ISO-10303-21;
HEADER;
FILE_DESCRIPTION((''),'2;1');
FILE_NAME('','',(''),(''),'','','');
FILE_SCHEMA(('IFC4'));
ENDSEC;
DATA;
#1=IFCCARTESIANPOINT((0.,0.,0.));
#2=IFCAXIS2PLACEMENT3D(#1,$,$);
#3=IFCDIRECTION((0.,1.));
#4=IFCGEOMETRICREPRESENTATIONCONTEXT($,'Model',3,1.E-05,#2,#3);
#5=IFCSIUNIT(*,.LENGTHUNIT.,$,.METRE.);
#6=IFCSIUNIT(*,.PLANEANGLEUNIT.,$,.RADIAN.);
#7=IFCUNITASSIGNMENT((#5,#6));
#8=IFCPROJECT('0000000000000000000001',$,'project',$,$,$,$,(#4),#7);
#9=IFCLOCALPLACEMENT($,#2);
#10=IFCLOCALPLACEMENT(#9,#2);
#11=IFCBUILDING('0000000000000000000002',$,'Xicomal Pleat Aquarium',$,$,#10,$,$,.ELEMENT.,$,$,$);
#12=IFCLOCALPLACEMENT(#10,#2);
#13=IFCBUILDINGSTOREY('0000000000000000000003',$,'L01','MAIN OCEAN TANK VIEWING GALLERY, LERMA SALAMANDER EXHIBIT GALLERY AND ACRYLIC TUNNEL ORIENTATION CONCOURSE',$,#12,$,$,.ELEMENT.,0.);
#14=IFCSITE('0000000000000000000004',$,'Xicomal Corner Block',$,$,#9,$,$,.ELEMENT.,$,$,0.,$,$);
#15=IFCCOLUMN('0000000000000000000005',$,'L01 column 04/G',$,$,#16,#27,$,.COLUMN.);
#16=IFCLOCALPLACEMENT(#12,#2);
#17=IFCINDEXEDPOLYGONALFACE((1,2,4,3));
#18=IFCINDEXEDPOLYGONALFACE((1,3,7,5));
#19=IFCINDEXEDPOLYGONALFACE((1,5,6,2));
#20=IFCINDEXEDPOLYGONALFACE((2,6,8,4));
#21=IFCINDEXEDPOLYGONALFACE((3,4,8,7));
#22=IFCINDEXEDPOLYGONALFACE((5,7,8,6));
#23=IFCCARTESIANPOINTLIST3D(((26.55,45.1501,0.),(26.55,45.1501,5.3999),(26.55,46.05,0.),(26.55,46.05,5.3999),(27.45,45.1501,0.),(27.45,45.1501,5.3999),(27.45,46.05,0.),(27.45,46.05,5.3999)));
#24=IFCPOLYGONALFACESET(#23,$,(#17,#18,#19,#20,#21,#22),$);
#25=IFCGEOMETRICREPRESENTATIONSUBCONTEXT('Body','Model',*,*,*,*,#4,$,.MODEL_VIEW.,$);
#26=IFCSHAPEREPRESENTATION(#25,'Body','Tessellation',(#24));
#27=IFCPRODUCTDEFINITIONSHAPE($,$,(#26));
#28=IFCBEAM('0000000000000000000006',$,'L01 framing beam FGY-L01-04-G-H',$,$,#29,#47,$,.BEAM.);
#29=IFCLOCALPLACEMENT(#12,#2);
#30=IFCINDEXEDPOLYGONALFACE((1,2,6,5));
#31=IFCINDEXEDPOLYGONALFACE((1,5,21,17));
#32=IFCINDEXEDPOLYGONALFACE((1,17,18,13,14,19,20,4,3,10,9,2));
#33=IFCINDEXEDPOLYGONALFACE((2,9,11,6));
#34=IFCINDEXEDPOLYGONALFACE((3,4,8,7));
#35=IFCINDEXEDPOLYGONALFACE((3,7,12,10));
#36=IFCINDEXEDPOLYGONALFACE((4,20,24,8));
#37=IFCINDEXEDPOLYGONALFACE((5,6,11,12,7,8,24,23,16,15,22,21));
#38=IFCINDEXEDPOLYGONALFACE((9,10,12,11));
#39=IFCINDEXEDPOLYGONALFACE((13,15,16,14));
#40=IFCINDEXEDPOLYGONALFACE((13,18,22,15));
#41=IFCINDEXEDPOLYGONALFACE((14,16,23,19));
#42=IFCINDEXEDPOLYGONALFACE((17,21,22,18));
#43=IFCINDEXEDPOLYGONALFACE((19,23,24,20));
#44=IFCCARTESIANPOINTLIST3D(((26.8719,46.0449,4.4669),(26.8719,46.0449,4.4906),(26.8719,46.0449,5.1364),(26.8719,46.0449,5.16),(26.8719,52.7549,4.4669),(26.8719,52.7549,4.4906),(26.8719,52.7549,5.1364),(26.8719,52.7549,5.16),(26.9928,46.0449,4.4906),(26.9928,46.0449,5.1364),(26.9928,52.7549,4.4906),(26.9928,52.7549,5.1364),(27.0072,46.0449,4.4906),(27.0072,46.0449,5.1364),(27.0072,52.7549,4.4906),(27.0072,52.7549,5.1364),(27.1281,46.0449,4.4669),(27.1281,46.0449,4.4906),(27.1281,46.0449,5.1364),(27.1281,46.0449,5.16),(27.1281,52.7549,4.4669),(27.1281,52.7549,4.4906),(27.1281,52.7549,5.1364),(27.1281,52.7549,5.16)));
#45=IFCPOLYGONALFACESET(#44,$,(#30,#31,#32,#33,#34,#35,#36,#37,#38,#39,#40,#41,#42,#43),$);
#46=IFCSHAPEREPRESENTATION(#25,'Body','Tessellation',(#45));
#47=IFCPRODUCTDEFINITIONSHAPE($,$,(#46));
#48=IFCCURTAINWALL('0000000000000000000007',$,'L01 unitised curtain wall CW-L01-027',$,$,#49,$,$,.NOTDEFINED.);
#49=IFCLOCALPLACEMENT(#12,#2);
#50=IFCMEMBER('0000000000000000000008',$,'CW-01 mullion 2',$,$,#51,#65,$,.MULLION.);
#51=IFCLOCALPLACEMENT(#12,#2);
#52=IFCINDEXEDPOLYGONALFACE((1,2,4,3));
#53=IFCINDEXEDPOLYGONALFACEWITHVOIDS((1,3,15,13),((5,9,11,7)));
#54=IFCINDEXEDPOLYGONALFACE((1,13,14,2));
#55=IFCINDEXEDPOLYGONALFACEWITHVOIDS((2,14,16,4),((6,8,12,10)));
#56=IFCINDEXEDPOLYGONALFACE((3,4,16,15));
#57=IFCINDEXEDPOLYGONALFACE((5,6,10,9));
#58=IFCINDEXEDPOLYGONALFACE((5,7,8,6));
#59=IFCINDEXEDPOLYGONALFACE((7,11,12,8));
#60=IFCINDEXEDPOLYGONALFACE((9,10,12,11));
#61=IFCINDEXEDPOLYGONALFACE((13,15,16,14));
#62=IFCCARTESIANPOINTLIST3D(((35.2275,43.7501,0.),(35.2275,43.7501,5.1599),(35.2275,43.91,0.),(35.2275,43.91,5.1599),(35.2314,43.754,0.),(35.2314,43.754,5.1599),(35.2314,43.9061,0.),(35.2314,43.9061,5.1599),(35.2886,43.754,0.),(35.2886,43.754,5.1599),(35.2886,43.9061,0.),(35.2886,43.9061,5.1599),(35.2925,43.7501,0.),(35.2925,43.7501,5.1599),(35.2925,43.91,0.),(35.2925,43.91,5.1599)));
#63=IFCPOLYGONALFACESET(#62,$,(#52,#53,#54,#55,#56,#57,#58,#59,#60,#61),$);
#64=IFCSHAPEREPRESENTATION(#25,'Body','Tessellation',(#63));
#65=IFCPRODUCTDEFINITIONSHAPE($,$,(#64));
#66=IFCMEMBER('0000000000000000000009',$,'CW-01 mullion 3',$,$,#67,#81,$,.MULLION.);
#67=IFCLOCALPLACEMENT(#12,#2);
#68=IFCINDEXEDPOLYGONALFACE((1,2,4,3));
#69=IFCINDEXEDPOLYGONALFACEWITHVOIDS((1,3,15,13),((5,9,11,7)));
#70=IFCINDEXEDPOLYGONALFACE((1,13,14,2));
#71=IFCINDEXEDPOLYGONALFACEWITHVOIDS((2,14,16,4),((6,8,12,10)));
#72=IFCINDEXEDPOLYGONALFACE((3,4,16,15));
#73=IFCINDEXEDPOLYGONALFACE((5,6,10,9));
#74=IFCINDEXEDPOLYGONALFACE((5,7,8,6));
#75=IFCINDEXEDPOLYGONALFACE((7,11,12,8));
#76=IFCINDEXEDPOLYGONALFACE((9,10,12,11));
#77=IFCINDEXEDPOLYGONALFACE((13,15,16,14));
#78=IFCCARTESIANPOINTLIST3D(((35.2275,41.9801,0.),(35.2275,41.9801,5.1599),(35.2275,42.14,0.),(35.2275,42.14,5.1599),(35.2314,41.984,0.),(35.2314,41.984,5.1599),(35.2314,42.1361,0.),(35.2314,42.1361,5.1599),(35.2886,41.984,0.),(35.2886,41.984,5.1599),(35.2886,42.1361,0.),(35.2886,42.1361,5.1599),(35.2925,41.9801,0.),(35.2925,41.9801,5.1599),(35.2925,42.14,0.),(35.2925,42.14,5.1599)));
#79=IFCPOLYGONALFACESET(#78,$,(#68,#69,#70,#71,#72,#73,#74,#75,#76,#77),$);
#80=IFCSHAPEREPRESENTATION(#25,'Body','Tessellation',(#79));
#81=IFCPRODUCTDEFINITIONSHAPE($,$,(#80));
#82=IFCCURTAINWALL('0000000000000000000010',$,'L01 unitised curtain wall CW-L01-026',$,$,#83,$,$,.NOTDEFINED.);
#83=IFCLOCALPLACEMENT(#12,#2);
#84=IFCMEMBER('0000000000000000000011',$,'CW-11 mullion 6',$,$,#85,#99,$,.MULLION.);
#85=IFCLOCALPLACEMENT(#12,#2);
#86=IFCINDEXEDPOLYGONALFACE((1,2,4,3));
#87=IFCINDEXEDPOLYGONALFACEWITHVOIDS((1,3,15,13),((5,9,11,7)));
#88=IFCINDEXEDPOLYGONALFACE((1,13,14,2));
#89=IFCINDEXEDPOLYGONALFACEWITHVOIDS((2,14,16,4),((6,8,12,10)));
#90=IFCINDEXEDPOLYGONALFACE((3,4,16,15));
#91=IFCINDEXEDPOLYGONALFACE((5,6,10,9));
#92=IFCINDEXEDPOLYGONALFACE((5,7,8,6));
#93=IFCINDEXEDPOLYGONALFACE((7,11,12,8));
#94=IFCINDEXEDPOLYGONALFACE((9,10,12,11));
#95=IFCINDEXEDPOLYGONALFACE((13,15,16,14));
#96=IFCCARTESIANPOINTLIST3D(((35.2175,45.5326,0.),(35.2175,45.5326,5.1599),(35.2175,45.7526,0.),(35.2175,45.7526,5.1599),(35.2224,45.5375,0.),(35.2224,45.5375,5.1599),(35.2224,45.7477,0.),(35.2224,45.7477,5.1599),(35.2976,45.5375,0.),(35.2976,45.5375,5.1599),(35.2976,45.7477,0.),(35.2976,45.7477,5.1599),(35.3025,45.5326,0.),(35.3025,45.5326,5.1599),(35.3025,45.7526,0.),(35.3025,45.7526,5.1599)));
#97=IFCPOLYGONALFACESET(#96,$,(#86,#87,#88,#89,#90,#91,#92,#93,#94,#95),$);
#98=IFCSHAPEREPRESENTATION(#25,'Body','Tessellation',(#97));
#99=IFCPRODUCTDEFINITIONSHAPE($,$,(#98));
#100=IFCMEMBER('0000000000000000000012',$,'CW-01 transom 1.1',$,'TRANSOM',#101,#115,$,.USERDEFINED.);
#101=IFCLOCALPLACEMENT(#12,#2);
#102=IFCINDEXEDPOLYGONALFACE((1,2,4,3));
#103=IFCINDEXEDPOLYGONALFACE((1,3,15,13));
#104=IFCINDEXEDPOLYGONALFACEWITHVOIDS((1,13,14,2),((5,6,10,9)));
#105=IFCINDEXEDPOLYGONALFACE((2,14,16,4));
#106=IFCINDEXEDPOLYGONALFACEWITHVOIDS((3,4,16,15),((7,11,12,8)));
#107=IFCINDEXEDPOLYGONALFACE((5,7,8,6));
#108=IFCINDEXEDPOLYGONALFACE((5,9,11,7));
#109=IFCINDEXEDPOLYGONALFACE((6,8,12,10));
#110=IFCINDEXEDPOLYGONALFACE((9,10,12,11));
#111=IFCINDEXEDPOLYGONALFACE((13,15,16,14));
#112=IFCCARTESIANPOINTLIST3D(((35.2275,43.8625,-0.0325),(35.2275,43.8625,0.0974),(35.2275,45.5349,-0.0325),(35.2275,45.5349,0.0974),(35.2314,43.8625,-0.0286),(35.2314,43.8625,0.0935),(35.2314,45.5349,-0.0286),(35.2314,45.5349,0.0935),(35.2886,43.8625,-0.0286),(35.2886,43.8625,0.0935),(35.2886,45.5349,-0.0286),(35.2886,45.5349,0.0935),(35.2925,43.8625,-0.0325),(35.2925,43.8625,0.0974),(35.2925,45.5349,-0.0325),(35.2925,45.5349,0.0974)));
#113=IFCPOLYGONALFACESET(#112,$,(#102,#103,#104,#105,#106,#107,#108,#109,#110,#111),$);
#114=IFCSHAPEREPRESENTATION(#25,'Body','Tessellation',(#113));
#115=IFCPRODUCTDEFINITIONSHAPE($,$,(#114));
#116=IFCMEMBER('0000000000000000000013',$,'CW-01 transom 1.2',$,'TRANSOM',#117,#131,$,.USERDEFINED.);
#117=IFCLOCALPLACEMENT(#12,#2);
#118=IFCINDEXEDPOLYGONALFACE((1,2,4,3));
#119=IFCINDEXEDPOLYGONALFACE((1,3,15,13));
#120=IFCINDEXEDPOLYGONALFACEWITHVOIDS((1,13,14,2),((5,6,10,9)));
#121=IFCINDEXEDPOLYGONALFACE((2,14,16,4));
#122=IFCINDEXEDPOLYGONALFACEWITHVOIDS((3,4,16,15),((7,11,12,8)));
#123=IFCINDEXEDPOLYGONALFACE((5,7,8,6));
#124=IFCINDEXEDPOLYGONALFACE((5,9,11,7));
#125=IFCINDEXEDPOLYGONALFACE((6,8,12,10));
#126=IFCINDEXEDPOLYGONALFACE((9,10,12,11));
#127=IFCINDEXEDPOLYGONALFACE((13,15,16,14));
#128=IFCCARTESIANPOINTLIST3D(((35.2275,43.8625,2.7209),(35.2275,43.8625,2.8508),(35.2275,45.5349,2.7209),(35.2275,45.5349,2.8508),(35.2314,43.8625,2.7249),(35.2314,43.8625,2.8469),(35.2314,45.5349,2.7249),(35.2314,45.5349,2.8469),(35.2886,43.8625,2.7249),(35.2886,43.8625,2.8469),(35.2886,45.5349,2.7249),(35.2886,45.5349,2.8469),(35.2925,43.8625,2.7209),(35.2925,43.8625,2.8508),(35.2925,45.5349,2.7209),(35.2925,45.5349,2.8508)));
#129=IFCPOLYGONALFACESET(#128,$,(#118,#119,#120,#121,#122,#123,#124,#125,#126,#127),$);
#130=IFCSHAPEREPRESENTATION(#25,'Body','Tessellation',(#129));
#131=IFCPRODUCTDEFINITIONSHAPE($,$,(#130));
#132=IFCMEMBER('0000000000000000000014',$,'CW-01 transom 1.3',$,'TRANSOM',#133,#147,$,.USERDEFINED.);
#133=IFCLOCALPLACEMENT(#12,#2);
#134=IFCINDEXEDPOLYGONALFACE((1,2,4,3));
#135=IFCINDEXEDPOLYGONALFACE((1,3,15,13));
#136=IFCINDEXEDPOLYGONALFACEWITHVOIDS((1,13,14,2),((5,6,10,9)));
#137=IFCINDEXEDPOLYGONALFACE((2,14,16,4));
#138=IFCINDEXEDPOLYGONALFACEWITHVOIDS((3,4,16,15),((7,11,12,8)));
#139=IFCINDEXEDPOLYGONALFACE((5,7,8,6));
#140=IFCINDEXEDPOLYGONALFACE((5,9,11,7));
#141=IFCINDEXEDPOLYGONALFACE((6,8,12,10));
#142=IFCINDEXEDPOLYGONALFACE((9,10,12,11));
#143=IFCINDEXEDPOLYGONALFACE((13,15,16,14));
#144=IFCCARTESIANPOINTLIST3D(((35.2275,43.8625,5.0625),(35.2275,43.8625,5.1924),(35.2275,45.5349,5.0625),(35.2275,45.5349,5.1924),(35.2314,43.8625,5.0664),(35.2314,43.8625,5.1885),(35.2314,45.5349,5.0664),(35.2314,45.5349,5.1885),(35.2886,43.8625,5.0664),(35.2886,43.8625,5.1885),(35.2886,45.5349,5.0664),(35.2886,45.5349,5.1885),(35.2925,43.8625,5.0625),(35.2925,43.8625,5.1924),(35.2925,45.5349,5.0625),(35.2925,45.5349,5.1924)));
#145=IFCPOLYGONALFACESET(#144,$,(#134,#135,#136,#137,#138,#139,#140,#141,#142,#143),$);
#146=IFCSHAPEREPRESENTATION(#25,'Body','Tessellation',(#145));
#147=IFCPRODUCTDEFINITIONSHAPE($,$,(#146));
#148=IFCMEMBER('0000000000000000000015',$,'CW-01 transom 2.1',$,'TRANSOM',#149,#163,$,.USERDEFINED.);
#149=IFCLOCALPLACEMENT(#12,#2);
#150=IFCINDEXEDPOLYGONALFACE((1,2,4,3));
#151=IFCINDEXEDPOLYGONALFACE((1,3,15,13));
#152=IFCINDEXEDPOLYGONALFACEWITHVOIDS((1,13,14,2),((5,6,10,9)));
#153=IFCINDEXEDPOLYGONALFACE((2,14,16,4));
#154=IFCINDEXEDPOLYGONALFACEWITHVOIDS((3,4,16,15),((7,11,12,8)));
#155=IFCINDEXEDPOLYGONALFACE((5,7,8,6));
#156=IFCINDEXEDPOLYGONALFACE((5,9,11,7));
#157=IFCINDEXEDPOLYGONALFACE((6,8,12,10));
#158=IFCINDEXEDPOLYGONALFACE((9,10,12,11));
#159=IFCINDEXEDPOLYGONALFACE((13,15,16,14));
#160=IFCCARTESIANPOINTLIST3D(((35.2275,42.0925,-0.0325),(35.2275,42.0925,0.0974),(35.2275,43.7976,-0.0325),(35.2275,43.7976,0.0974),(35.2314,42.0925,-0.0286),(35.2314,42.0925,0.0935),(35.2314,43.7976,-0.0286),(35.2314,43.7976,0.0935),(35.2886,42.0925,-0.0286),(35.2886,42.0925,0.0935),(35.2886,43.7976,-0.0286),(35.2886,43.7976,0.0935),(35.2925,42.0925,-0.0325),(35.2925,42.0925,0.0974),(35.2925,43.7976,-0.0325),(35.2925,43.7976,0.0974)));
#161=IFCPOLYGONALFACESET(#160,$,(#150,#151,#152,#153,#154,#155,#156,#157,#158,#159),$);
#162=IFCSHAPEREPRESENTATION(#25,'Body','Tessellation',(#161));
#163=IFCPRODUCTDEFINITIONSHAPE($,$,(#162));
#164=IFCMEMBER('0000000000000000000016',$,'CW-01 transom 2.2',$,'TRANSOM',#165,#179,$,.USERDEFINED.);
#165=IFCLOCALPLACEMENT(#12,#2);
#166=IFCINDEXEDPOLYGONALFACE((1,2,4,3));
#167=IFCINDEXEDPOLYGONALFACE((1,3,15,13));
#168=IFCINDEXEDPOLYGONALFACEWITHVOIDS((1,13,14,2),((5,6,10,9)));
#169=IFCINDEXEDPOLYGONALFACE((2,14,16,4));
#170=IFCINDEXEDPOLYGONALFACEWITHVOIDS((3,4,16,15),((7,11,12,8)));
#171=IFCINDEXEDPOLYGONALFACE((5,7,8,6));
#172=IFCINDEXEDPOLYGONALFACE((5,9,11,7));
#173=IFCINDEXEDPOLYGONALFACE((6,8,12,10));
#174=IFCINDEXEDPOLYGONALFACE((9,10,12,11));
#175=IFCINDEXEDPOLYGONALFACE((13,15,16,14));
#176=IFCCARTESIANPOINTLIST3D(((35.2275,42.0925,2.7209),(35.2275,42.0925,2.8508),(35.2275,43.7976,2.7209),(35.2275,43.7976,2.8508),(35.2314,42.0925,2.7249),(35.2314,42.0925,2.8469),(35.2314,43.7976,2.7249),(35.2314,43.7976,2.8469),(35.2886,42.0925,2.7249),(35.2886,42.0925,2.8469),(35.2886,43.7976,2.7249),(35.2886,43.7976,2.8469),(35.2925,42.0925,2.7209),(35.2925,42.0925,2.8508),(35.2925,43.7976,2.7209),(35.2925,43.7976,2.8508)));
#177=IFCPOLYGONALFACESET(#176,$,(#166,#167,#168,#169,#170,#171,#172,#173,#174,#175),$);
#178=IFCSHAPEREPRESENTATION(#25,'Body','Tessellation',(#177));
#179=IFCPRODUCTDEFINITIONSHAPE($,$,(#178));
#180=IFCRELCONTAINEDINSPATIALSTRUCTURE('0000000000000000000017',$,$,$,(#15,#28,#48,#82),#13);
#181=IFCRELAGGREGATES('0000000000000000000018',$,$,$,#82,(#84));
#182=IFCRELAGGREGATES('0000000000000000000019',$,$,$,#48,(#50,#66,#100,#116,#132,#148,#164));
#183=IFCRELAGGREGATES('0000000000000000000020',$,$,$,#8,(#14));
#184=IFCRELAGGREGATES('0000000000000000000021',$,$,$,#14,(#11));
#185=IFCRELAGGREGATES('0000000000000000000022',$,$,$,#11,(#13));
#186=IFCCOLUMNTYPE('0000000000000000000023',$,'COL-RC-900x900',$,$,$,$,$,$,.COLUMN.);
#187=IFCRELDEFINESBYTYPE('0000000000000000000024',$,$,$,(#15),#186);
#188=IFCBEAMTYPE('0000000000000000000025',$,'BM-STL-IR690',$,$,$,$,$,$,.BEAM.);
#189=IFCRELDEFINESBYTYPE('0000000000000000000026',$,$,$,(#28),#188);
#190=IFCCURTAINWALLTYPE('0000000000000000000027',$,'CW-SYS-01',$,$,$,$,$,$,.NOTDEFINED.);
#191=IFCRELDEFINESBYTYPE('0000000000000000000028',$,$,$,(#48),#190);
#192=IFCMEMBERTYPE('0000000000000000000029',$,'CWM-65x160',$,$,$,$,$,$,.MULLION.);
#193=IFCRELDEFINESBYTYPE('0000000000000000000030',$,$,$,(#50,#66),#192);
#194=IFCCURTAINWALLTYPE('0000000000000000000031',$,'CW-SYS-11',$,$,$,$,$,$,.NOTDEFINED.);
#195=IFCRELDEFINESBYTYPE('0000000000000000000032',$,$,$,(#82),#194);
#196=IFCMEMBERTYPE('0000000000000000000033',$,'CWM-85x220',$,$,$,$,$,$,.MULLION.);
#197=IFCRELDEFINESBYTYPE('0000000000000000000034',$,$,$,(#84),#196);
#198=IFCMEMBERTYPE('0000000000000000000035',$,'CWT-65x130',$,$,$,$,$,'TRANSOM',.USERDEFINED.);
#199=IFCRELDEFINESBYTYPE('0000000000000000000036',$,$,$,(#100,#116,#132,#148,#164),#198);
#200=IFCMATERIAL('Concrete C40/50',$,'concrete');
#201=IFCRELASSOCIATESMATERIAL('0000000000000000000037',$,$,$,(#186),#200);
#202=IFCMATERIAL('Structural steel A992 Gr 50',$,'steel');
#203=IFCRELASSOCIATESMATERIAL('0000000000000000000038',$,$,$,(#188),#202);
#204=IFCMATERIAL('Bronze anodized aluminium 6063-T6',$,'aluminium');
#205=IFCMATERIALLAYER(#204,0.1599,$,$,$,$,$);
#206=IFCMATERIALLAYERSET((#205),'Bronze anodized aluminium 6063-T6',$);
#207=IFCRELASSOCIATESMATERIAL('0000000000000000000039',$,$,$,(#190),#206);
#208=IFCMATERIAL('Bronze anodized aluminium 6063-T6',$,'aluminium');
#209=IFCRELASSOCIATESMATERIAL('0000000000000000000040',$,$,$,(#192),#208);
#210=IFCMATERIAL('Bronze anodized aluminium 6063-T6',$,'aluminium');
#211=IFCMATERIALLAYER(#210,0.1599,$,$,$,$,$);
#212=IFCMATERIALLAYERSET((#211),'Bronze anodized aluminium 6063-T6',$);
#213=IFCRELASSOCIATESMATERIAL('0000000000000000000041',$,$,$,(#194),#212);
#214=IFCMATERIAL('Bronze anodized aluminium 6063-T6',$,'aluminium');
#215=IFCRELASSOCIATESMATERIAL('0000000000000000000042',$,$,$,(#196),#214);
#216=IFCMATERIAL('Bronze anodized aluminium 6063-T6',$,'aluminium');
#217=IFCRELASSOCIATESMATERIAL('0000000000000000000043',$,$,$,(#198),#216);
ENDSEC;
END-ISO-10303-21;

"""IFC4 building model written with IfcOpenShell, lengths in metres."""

from ifc_helpers import new_model, si_unit, direction, frame, origin, origin_2d, place, context, subcontext, project, spatial, rectangle, hollow_rectangle, i_section, extrude, material, layer, layer_set, material_profile, profile_set, type_object, element, aggregate, save


model = new_model("IFC4")

# Units and contexts
model_context = context("Model", 3, precision=1e-05, world=origin(), true_north=direction((0.0, 1.0)))
body_context = subcontext(model_context, "Body", "Model", "MODEL_VIEW")
ifc_project = project(units=[si_unit("LENGTHUNIT", "METRE"), si_unit("PLANEANGLEUNIT", "RADIAN")], contexts=[model_context])

# Site, building, storey
site_placement = place(None, origin())
site = spatial("IfcSite", under=ifc_project, at=site_placement, Name="Xicomal Corner Block", CompositionType="ELEMENT", RefElevation=0.0)
building_placement = place(site_placement, origin())
building = spatial("IfcBuilding", under=site, at=building_placement, Name="Xicomal Pleat Aquarium", CompositionType="ELEMENT")
storey_placement = place(building_placement, origin())
storey = spatial("IfcBuildingStorey", under=building, at=storey_placement, Name="L01", Description="MAIN OCEAN TANK VIEWING GALLERY, LERMA SALAMANDER EXHIBIT GALLERY AND ACRYLIC TUNNEL ORIENTATION CONCOURSE", CompositionType="ELEMENT", Elevation=0.0)

# Column
ifc_material_1 = material(Name="Concrete C40/50", Category="concrete")
ifc_material_profile_1 = material_profile(ifc_material_1, rectangle(XDim=0.8999, YDim=0.8999, at=origin_2d()), Name="RC 900x900")
ifc_profile_set_1 = profile_set([ifc_material_profile_1], Name="Concrete C40/50")
column_type = type_object("IfcColumnType", Name="COL-RC-900x900", PredefinedType="COLUMN", material=ifc_profile_set_1)
column_placement = place(storey_placement, frame((27.0, 45.6001, 0.0), z_axis=(0.0, 0.0, 1.0), x_axis=(1.0, 0.0, 0.0)))
element("IfcColumn", 1, at=column_placement, inside=storey, type_object=column_type, Name="L01 column 04/G", PredefinedType="COLUMN", context=body_context, shape_type="SweptSolid", body=[
    extrude(rectangle(XDim=0.8999, YDim=0.8999, at=origin_2d()), origin(), (0.0, 0.0, 1.0), 5.3999),
])

# Beam
ifc_material_2 = material(Name="Structural steel A992 Gr 50", Category="steel")
ifc_material_profile_2 = material_profile(ifc_material_2, i_section(OverallWidth=0.2561, OverallDepth=0.6931, WebThickness=0.0144, FlangeThickness=0.0237, at=origin_2d()), Name="IR 690x170")
ifc_profile_set_2 = profile_set([ifc_material_profile_2], Name="Structural steel A992 Gr 50")
beam_type = type_object("IfcBeamType", Name="BM-STL-IR690", PredefinedType="BEAM", material=ifc_profile_set_2)
beam_placement = place(storey_placement, frame((27.0, 46.0449, 4.8135), z_axis=(0.0, 1.0, 0.0), x_axis=(-1.0, 0.0, 0.0)))
element("IfcBeam", 2, at=beam_placement, inside=storey, type_object=beam_type, Name="L01 framing beam FGY-L01-04-G-H", PredefinedType="BEAM", context=body_context, shape_type="SweptSolid", body=[
    extrude(i_section(OverallWidth=0.2561, OverallDepth=0.6931, WebThickness=0.0144, FlangeThickness=0.0237, at=origin_2d()), origin(), (0.0, 0.0, 1.0), 6.71),
])

# Curtain wall, members
ifc_material_3 = material(Name="Bronze anodized aluminium 6063-T6", Category="aluminium")
ifc_layer_1 = layer(ifc_material_3, 0.1599)
ifc_layer_set_1 = layer_set([ifc_layer_1], Name="Bronze anodized aluminium 6063-T6")
curtain_wall_type_1 = type_object("IfcCurtainWallType", Name="CW-SYS-01", PredefinedType="NOTDEFINED", material=ifc_layer_set_1)
curtain_wall_1_placement = place(storey_placement, origin())
curtain_wall_1 = element("IfcCurtainWall", 3, at=curtain_wall_1_placement, inside=storey, type_object=curtain_wall_type_1, Name="L01 unitised curtain wall CW-L01-027", PredefinedType="NOTDEFINED")
ifc_material_4 = material(Name="Bronze anodized aluminium 6063-T6", Category="aluminium")
ifc_material_profile_3 = material_profile(ifc_material_4, hollow_rectangle(XDim=0.0649, YDim=0.1599, WallThickness=0.0039, at=origin_2d()), Name="ALU MULL 65x160")
ifc_profile_set_3 = profile_set([ifc_material_profile_3], Name="Bronze anodized aluminium 6063-T6")
member_type_1 = type_object("IfcMemberType", Name="CWM-65x160", PredefinedType="MULLION", material=ifc_profile_set_3)
member_1_placement = place(storey_placement, frame((35.26, 43.8301, 0.0), z_axis=(0.0, 0.0, 1.0), x_axis=(1.0, 0.0, 0.0)))
member_1 = element("IfcMember", 4, at=member_1_placement, type_object=member_type_1, Name="CW-01 mullion 2", PredefinedType="MULLION", context=body_context, shape_type="SweptSolid", body=[
    extrude(hollow_rectangle(XDim=0.0649, YDim=0.1599, WallThickness=0.0039, at=origin_2d()), origin(), (0.0, 0.0, 1.0), 5.1599),
])
member_2_placement = place(storey_placement, frame((35.26, 42.0601, 0.0), z_axis=(0.0, 0.0, 1.0), x_axis=(1.0, 0.0, 0.0)))
member_2 = element("IfcMember", 5, at=member_2_placement, type_object=member_type_1, Name="CW-01 mullion 3", PredefinedType="MULLION", context=body_context, shape_type="SweptSolid", body=[
    extrude(hollow_rectangle(XDim=0.0649, YDim=0.1599, WallThickness=0.0039, at=origin_2d()), origin(), (0.0, 0.0, 1.0), 5.1599),
])

# Curtain wall, member
ifc_material_5 = material(Name="Bronze anodized aluminium 6063-T6", Category="aluminium")
ifc_layer_2 = layer(ifc_material_5, 0.1599)
ifc_layer_set_2 = layer_set([ifc_layer_2], Name="Bronze anodized aluminium 6063-T6")
curtain_wall_type_2 = type_object("IfcCurtainWallType", Name="CW-SYS-11", PredefinedType="NOTDEFINED", material=ifc_layer_set_2)
curtain_wall_2_placement = place(storey_placement, origin())
curtain_wall_2 = element("IfcCurtainWall", 6, at=curtain_wall_2_placement, inside=storey, type_object=curtain_wall_type_2, Name="L01 unitised curtain wall CW-L01-026", PredefinedType="NOTDEFINED")
ifc_material_6 = material(Name="Bronze anodized aluminium 6063-T6", Category="aluminium")
ifc_material_profile_4 = material_profile(ifc_material_6, hollow_rectangle(XDim=0.085, YDim=0.22, WallThickness=0.0049, at=origin_2d()), Name="ALU MULL 85x220")
ifc_profile_set_4 = profile_set([ifc_material_profile_4], Name="Bronze anodized aluminium 6063-T6")
member_type_2 = type_object("IfcMemberType", Name="CWM-85x220", PredefinedType="MULLION", material=ifc_profile_set_4)
member_3_placement = place(storey_placement, frame((35.26, 45.6426, 0.0), z_axis=(0.0, 0.0, 1.0), x_axis=(1.0, 0.0, 0.0)))
member_3 = element("IfcMember", 7, at=member_3_placement, type_object=member_type_2, Name="CW-11 mullion 6", PredefinedType="MULLION", context=body_context, shape_type="SweptSolid", body=[
    extrude(hollow_rectangle(XDim=0.085, YDim=0.22, WallThickness=0.0049, at=origin_2d()), origin(), (0.0, 0.0, 1.0), 5.1599),
])

# Members
ifc_material_7 = material(Name="Bronze anodized aluminium 6063-T6", Category="aluminium")
ifc_material_profile_5 = material_profile(ifc_material_7, hollow_rectangle(XDim=0.0649, YDim=0.1299, WallThickness=0.0039, at=origin_2d()), Name="ALU TRAN 65x130")
ifc_profile_set_5 = profile_set([ifc_material_profile_5], Name="Bronze anodized aluminium 6063-T6")
member_type_3 = type_object("IfcMemberType", Name="CWT-65x130", ElementType="TRANSOM", PredefinedType="USERDEFINED", material=ifc_profile_set_5)
member_4_placement = place(storey_placement, frame((35.26, 45.5349, 0.0325), z_axis=(0.0, -1.0, 0.0), x_axis=(1.0, 0.0, 0.0)))
member_4 = element("IfcMember", 8, at=member_4_placement, type_object=member_type_3, Name="CW-01 transom 1.1", ObjectType="TRANSOM", PredefinedType="USERDEFINED", context=body_context, shape_type="SweptSolid", body=[
    extrude(hollow_rectangle(XDim=0.0649, YDim=0.1299, WallThickness=0.0039, at=origin_2d()), origin(), (0.0, 0.0, 1.0), 1.6724),
])
member_5_placement = place(storey_placement, frame((35.26, 45.5349, 2.7859), z_axis=(0.0, -1.0, 0.0), x_axis=(1.0, 0.0, 0.0)))
member_5 = element("IfcMember", 9, at=member_5_placement, type_object=member_type_3, Name="CW-01 transom 1.2", ObjectType="TRANSOM", PredefinedType="USERDEFINED", context=body_context, shape_type="SweptSolid", body=[
    extrude(hollow_rectangle(XDim=0.0649, YDim=0.1299, WallThickness=0.0039, at=origin_2d()), origin(), (0.0, 0.0, 1.0), 1.6724),
])
member_6_placement = place(storey_placement, frame((35.26, 45.5349, 5.1274), z_axis=(0.0, -1.0, 0.0), x_axis=(1.0, 0.0, 0.0)))
member_6 = element("IfcMember", 10, at=member_6_placement, type_object=member_type_3, Name="CW-01 transom 1.3", ObjectType="TRANSOM", PredefinedType="USERDEFINED", context=body_context, shape_type="SweptSolid", body=[
    extrude(hollow_rectangle(XDim=0.0649, YDim=0.1299, WallThickness=0.0039, at=origin_2d()), origin(), (0.0, 0.0, 1.0), 1.6724),
])
member_7_placement = place(storey_placement, frame((35.26, 43.7976, 0.0325), z_axis=(0.0, -1.0, 0.0), x_axis=(1.0, 0.0, 0.0)))
member_7 = element("IfcMember", 11, at=member_7_placement, type_object=member_type_3, Name="CW-01 transom 2.1", ObjectType="TRANSOM", PredefinedType="USERDEFINED", context=body_context, shape_type="SweptSolid", body=[
    extrude(hollow_rectangle(XDim=0.0649, YDim=0.1299, WallThickness=0.0039, at=origin_2d()), origin(), (0.0, 0.0, 1.0), 1.7051),
])
member_8_placement = place(storey_placement, frame((35.26, 43.7976, 2.7859), z_axis=(0.0, -1.0, 0.0), x_axis=(1.0, 0.0, 0.0)))
member_8 = element("IfcMember", 12, at=member_8_placement, type_object=member_type_3, Name="CW-01 transom 2.2", ObjectType="TRANSOM", PredefinedType="USERDEFINED", context=body_context, shape_type="SweptSolid", body=[
    extrude(hollow_rectangle(XDim=0.0649, YDim=0.1299, WallThickness=0.0039, at=origin_2d()), origin(), (0.0, 0.0, 1.0), 1.7051),
])

aggregate(curtain_wall_2, [member_3])
aggregate(curtain_wall_1, [member_1, member_2, member_4, member_5, member_6, member_7, member_8])

save(model, "model.ifc")
